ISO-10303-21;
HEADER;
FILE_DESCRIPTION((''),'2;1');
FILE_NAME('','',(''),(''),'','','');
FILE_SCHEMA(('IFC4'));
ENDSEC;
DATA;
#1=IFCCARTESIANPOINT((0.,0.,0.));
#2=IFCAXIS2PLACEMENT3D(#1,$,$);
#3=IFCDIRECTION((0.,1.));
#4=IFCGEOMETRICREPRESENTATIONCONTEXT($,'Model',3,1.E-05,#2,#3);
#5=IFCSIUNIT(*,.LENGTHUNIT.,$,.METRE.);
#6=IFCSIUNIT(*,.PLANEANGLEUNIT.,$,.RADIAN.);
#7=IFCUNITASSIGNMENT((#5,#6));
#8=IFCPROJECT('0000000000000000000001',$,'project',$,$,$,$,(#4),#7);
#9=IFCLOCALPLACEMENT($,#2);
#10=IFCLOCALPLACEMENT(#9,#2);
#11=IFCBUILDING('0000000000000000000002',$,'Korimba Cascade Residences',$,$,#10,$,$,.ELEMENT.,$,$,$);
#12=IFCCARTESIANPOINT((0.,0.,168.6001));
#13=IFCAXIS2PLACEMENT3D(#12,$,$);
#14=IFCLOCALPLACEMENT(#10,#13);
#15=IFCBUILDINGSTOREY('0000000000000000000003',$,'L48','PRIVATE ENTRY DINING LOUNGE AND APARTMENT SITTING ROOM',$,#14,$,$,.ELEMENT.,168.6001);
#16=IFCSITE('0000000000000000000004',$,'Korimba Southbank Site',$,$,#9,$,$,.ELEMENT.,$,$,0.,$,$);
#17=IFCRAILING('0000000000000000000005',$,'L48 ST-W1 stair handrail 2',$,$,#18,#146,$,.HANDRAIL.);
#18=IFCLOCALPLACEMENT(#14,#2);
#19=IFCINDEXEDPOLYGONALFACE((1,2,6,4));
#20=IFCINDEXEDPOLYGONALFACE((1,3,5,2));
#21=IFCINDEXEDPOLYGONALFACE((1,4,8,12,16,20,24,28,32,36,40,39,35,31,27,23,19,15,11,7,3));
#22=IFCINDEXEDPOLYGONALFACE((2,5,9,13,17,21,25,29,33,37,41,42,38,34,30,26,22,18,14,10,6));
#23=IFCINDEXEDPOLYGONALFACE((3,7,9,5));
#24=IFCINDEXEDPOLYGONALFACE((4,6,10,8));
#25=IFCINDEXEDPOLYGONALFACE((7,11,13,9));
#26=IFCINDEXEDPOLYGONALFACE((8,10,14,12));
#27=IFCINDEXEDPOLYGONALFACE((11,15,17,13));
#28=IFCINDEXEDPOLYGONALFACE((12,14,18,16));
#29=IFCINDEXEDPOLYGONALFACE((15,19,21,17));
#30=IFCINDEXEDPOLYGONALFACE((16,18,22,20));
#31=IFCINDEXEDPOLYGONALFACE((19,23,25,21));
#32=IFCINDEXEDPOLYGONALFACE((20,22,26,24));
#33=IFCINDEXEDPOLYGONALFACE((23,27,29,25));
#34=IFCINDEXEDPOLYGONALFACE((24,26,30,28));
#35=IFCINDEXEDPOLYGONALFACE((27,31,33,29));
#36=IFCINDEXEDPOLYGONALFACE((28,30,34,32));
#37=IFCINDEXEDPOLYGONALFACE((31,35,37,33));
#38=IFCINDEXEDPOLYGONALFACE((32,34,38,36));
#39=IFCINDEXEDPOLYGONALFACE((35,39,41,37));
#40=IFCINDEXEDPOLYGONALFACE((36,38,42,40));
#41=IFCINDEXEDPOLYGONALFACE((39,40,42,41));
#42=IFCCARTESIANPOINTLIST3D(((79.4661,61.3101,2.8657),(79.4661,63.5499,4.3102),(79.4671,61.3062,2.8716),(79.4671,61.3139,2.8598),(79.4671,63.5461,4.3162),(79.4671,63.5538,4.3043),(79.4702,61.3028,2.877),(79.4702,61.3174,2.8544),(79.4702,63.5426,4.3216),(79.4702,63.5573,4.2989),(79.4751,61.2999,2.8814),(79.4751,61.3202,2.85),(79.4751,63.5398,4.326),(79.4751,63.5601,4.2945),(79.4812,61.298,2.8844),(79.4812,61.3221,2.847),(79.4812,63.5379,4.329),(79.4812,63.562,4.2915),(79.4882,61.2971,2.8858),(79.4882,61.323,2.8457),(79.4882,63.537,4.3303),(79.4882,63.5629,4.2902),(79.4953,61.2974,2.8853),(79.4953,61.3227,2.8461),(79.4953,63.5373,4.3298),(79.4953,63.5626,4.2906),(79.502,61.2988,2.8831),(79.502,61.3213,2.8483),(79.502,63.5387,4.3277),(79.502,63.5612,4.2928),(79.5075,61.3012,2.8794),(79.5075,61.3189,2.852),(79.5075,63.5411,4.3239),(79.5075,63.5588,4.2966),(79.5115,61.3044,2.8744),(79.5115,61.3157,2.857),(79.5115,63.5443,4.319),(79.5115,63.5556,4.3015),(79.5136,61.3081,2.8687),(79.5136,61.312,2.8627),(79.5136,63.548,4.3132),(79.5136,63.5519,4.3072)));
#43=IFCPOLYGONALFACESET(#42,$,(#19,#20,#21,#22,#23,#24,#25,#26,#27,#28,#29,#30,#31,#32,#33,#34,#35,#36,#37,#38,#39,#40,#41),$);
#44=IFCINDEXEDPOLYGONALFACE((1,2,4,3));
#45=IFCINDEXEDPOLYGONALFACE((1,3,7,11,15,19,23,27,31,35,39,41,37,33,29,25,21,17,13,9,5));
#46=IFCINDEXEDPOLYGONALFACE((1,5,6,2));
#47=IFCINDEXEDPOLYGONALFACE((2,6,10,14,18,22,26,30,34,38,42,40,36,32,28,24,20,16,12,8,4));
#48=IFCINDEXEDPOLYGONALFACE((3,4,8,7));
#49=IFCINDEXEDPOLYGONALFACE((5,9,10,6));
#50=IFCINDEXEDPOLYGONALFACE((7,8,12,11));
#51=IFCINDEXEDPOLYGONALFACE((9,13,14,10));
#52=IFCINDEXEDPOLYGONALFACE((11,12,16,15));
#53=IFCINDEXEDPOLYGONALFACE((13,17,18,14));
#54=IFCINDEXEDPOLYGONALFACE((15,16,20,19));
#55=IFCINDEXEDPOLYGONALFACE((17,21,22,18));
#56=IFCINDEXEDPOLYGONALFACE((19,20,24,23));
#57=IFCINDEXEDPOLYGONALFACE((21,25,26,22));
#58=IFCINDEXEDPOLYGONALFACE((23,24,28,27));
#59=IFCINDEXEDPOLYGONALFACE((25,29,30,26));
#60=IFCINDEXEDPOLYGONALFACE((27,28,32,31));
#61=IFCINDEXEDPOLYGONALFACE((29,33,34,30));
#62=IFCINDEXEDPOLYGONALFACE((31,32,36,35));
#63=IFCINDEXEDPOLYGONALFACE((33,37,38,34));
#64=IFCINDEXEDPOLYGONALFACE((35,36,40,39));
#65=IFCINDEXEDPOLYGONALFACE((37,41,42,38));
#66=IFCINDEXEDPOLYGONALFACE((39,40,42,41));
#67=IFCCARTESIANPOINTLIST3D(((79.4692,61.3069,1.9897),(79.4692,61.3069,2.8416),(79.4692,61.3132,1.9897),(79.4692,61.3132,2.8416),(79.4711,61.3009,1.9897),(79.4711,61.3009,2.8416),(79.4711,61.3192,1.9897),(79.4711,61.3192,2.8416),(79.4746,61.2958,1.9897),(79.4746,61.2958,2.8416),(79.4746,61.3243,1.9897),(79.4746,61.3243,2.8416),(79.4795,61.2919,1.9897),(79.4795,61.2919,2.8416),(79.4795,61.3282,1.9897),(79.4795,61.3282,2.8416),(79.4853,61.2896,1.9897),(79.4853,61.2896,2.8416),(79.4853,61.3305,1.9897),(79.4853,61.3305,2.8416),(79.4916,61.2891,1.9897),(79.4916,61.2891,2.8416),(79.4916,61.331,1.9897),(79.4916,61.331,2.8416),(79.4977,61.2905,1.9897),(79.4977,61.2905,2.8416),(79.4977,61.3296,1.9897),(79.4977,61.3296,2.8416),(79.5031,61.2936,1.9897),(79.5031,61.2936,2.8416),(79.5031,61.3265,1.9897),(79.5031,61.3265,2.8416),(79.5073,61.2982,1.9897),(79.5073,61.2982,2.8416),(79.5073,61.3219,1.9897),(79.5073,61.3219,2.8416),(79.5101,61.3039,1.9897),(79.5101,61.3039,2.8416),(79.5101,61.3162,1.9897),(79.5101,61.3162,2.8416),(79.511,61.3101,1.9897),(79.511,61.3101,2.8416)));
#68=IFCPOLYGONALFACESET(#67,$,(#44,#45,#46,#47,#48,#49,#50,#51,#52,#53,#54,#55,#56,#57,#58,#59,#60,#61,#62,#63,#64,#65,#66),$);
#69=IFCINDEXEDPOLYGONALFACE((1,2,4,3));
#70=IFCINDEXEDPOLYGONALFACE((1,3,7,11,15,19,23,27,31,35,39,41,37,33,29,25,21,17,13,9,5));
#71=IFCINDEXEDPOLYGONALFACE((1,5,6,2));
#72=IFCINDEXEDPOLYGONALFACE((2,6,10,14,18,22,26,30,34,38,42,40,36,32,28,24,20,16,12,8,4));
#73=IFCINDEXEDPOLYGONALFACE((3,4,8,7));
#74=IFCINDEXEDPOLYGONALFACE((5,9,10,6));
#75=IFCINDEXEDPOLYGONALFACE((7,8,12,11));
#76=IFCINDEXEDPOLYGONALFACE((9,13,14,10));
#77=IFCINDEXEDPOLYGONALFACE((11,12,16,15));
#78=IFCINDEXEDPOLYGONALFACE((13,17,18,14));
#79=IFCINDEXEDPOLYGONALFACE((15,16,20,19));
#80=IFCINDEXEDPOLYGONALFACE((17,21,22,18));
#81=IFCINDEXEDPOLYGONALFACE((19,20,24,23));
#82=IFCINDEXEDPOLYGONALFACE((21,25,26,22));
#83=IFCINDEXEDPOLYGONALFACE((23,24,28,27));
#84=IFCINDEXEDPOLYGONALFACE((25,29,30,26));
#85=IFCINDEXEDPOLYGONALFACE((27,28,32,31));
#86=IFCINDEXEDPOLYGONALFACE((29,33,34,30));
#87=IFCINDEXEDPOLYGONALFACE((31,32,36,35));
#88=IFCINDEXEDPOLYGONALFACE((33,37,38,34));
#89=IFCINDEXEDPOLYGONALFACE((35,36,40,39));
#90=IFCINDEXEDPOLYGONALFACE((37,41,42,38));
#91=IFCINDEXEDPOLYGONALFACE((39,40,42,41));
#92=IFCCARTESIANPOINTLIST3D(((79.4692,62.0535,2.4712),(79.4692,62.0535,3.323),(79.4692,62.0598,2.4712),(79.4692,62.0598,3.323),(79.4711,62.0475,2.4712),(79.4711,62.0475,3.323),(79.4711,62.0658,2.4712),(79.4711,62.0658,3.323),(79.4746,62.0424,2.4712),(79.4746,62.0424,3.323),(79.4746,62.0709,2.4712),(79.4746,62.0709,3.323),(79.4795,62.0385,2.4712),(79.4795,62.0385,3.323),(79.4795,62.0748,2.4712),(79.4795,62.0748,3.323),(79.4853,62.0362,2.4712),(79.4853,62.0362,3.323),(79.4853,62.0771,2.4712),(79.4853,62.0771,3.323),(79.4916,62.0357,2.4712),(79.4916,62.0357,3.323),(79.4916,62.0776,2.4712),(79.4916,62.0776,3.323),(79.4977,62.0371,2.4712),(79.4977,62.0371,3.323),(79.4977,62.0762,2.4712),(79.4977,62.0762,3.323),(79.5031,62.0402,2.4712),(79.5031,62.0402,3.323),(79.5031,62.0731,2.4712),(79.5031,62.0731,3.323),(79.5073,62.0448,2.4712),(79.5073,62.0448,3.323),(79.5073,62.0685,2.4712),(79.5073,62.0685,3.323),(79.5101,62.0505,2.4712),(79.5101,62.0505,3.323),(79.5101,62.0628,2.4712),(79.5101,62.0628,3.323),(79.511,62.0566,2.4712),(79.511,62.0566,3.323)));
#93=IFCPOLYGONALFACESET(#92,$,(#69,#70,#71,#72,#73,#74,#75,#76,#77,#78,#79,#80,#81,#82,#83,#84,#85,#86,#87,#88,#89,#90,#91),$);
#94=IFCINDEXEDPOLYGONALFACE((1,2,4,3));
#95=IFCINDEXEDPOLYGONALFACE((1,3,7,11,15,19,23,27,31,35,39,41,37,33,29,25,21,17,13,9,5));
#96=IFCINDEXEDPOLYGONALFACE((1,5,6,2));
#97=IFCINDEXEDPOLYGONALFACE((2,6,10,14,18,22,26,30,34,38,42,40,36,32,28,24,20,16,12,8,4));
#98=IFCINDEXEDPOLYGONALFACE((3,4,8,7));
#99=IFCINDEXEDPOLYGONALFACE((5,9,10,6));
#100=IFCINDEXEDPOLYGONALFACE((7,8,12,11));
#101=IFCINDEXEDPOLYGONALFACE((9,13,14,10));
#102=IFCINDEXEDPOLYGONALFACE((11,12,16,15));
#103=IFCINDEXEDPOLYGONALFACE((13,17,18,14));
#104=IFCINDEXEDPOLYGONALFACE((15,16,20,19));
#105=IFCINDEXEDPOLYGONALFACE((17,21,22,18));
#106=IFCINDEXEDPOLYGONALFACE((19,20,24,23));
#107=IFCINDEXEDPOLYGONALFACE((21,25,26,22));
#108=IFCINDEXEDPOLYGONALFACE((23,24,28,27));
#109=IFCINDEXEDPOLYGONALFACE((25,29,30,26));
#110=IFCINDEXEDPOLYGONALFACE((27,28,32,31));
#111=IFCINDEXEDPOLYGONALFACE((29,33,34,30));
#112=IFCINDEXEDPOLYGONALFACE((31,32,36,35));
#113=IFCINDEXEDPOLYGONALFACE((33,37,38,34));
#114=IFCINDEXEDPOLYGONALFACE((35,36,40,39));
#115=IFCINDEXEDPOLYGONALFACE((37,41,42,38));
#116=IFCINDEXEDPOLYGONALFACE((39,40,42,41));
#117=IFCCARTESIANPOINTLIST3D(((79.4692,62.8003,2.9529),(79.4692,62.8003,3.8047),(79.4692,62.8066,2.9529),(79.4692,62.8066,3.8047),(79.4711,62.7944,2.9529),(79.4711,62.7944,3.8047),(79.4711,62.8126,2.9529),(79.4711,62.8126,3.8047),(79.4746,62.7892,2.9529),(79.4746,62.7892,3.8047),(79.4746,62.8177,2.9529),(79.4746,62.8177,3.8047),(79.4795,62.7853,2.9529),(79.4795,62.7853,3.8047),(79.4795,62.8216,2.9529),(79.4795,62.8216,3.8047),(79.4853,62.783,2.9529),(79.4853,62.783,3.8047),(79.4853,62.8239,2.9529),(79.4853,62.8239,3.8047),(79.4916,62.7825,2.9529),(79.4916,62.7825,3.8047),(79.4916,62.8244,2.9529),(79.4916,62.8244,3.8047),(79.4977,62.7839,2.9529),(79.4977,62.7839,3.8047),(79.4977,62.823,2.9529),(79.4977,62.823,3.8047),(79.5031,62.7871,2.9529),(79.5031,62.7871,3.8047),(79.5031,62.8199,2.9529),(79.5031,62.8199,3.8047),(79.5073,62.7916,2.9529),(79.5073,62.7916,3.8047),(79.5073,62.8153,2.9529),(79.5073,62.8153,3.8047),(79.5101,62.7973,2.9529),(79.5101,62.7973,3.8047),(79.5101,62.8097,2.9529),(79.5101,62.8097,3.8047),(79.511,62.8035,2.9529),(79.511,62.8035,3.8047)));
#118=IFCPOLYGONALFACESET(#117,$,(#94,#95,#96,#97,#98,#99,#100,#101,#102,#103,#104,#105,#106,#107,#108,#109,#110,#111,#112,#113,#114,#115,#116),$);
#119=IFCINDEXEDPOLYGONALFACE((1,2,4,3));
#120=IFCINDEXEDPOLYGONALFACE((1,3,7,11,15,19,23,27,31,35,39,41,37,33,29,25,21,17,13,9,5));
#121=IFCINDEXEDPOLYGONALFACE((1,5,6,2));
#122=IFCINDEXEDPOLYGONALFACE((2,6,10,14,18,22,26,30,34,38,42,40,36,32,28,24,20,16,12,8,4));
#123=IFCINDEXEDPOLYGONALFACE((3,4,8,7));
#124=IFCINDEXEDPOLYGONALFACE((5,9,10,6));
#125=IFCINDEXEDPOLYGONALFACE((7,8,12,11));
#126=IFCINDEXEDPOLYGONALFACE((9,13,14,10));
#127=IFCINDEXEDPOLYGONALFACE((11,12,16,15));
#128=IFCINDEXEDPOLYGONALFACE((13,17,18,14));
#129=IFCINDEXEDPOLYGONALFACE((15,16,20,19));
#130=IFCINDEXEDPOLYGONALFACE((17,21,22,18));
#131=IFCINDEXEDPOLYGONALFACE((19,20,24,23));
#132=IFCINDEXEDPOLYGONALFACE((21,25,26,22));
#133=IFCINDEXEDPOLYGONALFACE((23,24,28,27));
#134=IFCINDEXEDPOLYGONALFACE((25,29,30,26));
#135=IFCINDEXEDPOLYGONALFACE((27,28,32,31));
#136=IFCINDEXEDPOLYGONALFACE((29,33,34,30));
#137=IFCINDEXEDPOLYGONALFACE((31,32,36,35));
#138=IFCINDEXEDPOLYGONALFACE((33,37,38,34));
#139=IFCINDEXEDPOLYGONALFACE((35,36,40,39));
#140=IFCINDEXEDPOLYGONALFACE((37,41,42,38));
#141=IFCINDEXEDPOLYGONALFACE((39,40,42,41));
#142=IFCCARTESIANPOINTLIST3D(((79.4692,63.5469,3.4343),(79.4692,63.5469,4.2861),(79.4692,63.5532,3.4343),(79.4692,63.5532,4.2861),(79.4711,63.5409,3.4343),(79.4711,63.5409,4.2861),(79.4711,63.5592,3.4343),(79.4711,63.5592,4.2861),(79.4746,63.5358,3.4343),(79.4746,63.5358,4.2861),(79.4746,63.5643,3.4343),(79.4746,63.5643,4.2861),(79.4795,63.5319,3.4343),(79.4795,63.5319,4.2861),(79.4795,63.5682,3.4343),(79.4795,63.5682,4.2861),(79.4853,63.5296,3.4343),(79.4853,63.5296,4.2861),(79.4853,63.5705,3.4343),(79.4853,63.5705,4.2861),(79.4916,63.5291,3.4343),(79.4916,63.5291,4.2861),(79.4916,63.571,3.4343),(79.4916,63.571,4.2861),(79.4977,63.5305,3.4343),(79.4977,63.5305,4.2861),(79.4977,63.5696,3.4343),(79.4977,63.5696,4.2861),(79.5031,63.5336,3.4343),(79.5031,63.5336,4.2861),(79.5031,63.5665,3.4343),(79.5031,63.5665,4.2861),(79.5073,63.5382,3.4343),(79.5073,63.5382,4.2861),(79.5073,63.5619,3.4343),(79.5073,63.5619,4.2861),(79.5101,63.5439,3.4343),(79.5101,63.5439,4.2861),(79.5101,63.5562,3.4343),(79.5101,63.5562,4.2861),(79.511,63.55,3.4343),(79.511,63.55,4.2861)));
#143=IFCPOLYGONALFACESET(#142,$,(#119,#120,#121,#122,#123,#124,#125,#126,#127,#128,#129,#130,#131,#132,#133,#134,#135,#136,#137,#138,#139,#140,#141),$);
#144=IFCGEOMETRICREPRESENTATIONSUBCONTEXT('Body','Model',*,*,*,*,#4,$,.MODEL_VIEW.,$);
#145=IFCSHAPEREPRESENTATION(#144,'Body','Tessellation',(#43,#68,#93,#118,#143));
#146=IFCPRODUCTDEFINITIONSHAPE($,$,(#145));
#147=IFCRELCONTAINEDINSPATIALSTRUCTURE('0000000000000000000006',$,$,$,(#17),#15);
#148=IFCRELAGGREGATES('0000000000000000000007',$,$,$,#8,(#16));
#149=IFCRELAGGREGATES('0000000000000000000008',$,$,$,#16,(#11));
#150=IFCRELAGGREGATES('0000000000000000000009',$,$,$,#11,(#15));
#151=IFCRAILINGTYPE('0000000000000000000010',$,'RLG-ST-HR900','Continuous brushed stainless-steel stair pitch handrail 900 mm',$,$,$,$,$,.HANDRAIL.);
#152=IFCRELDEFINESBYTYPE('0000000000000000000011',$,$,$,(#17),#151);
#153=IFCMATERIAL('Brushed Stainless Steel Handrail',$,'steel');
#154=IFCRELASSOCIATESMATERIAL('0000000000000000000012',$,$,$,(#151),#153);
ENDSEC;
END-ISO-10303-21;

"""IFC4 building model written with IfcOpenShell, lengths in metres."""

from ifc_helpers import new_model, si_unit, direction, frame, origin, origin_2d, place, context, subcontext, project, spatial, circle, extrude, material, type_object, element, save


model = new_model("IFC4")

# Units and contexts
model_context = context("Model", 3, precision=1e-05, world=origin(), true_north=direction((0.0, 1.0)))
body_context = subcontext(model_context, "Body", "Model", "MODEL_VIEW")
ifc_project = project(units=[si_unit("LENGTHUNIT", "METRE"), si_unit("PLANEANGLEUNIT", "RADIAN")], contexts=[model_context])

# Site, building, storey
site_placement = place(None, origin())
site = spatial("IfcSite", under=ifc_project, at=site_placement, Name="Korimba Southbank Site", CompositionType="ELEMENT", RefElevation=0.0)
building_placement = place(site_placement, origin())
building = spatial("IfcBuilding", under=site, at=building_placement, Name="Korimba Cascade Residences", CompositionType="ELEMENT")
storey_placement = place(building_placement, frame((0.0, 0.0, 168.6001)))
storey = spatial("IfcBuildingStorey", under=building, at=storey_placement, Name="L48", Description="PRIVATE ENTRY DINING LOUNGE AND APARTMENT SITTING ROOM", CompositionType="ELEMENT", Elevation=168.6001)

# Railing
ifc_material_1 = material(Name="Brushed Stainless Steel Handrail", Category="steel")
railing_type_1 = type_object("IfcRailingType", Name="RLG-ST-HR900", Description="Continuous brushed stainless-steel stair pitch handrail 900 mm", PredefinedType="HANDRAIL", material=ifc_material_1)
railing_1_placement = place(storey_placement, frame((79.49, 61.3101, 1.9897)))
element("IfcRailing", 1, at=railing_1_placement, inside=storey, type_object=railing_type_1, Name="L48 ST-W1 stair handrail 2", PredefinedType="HANDRAIL", context=body_context, shape_type="SweptSolid", body=[
    extrude(circle(Radius=0.0239, at=origin_2d()), frame((0.0, 0.0, 0.876), z_axis=(0.0, 0.840395, 0.541975), x_axis=(-1.0, 0.0, 0.0)), (0.0, 0.0, 1.0), 2.6653),
    extrude(circle(Radius=0.021, at=origin_2d()), origin(), (0.0, 0.0, 1.0), 0.8518),
    extrude(circle(Radius=0.021, at=origin_2d()), frame((0.0, 0.7466, 0.4814)), (0.0, 0.0, 1.0), 0.8518),
    extrude(circle(Radius=0.021, at=origin_2d()), frame((0.0, 1.4934, 0.9631)), (0.0, 0.0, 1.0), 0.8518),
    extrude(circle(Radius=0.021, at=origin_2d()), frame((0.0, 2.24, 1.4446)), (0.0, 0.0, 1.0), 0.8518),
])

save(model, "model.ifc")
